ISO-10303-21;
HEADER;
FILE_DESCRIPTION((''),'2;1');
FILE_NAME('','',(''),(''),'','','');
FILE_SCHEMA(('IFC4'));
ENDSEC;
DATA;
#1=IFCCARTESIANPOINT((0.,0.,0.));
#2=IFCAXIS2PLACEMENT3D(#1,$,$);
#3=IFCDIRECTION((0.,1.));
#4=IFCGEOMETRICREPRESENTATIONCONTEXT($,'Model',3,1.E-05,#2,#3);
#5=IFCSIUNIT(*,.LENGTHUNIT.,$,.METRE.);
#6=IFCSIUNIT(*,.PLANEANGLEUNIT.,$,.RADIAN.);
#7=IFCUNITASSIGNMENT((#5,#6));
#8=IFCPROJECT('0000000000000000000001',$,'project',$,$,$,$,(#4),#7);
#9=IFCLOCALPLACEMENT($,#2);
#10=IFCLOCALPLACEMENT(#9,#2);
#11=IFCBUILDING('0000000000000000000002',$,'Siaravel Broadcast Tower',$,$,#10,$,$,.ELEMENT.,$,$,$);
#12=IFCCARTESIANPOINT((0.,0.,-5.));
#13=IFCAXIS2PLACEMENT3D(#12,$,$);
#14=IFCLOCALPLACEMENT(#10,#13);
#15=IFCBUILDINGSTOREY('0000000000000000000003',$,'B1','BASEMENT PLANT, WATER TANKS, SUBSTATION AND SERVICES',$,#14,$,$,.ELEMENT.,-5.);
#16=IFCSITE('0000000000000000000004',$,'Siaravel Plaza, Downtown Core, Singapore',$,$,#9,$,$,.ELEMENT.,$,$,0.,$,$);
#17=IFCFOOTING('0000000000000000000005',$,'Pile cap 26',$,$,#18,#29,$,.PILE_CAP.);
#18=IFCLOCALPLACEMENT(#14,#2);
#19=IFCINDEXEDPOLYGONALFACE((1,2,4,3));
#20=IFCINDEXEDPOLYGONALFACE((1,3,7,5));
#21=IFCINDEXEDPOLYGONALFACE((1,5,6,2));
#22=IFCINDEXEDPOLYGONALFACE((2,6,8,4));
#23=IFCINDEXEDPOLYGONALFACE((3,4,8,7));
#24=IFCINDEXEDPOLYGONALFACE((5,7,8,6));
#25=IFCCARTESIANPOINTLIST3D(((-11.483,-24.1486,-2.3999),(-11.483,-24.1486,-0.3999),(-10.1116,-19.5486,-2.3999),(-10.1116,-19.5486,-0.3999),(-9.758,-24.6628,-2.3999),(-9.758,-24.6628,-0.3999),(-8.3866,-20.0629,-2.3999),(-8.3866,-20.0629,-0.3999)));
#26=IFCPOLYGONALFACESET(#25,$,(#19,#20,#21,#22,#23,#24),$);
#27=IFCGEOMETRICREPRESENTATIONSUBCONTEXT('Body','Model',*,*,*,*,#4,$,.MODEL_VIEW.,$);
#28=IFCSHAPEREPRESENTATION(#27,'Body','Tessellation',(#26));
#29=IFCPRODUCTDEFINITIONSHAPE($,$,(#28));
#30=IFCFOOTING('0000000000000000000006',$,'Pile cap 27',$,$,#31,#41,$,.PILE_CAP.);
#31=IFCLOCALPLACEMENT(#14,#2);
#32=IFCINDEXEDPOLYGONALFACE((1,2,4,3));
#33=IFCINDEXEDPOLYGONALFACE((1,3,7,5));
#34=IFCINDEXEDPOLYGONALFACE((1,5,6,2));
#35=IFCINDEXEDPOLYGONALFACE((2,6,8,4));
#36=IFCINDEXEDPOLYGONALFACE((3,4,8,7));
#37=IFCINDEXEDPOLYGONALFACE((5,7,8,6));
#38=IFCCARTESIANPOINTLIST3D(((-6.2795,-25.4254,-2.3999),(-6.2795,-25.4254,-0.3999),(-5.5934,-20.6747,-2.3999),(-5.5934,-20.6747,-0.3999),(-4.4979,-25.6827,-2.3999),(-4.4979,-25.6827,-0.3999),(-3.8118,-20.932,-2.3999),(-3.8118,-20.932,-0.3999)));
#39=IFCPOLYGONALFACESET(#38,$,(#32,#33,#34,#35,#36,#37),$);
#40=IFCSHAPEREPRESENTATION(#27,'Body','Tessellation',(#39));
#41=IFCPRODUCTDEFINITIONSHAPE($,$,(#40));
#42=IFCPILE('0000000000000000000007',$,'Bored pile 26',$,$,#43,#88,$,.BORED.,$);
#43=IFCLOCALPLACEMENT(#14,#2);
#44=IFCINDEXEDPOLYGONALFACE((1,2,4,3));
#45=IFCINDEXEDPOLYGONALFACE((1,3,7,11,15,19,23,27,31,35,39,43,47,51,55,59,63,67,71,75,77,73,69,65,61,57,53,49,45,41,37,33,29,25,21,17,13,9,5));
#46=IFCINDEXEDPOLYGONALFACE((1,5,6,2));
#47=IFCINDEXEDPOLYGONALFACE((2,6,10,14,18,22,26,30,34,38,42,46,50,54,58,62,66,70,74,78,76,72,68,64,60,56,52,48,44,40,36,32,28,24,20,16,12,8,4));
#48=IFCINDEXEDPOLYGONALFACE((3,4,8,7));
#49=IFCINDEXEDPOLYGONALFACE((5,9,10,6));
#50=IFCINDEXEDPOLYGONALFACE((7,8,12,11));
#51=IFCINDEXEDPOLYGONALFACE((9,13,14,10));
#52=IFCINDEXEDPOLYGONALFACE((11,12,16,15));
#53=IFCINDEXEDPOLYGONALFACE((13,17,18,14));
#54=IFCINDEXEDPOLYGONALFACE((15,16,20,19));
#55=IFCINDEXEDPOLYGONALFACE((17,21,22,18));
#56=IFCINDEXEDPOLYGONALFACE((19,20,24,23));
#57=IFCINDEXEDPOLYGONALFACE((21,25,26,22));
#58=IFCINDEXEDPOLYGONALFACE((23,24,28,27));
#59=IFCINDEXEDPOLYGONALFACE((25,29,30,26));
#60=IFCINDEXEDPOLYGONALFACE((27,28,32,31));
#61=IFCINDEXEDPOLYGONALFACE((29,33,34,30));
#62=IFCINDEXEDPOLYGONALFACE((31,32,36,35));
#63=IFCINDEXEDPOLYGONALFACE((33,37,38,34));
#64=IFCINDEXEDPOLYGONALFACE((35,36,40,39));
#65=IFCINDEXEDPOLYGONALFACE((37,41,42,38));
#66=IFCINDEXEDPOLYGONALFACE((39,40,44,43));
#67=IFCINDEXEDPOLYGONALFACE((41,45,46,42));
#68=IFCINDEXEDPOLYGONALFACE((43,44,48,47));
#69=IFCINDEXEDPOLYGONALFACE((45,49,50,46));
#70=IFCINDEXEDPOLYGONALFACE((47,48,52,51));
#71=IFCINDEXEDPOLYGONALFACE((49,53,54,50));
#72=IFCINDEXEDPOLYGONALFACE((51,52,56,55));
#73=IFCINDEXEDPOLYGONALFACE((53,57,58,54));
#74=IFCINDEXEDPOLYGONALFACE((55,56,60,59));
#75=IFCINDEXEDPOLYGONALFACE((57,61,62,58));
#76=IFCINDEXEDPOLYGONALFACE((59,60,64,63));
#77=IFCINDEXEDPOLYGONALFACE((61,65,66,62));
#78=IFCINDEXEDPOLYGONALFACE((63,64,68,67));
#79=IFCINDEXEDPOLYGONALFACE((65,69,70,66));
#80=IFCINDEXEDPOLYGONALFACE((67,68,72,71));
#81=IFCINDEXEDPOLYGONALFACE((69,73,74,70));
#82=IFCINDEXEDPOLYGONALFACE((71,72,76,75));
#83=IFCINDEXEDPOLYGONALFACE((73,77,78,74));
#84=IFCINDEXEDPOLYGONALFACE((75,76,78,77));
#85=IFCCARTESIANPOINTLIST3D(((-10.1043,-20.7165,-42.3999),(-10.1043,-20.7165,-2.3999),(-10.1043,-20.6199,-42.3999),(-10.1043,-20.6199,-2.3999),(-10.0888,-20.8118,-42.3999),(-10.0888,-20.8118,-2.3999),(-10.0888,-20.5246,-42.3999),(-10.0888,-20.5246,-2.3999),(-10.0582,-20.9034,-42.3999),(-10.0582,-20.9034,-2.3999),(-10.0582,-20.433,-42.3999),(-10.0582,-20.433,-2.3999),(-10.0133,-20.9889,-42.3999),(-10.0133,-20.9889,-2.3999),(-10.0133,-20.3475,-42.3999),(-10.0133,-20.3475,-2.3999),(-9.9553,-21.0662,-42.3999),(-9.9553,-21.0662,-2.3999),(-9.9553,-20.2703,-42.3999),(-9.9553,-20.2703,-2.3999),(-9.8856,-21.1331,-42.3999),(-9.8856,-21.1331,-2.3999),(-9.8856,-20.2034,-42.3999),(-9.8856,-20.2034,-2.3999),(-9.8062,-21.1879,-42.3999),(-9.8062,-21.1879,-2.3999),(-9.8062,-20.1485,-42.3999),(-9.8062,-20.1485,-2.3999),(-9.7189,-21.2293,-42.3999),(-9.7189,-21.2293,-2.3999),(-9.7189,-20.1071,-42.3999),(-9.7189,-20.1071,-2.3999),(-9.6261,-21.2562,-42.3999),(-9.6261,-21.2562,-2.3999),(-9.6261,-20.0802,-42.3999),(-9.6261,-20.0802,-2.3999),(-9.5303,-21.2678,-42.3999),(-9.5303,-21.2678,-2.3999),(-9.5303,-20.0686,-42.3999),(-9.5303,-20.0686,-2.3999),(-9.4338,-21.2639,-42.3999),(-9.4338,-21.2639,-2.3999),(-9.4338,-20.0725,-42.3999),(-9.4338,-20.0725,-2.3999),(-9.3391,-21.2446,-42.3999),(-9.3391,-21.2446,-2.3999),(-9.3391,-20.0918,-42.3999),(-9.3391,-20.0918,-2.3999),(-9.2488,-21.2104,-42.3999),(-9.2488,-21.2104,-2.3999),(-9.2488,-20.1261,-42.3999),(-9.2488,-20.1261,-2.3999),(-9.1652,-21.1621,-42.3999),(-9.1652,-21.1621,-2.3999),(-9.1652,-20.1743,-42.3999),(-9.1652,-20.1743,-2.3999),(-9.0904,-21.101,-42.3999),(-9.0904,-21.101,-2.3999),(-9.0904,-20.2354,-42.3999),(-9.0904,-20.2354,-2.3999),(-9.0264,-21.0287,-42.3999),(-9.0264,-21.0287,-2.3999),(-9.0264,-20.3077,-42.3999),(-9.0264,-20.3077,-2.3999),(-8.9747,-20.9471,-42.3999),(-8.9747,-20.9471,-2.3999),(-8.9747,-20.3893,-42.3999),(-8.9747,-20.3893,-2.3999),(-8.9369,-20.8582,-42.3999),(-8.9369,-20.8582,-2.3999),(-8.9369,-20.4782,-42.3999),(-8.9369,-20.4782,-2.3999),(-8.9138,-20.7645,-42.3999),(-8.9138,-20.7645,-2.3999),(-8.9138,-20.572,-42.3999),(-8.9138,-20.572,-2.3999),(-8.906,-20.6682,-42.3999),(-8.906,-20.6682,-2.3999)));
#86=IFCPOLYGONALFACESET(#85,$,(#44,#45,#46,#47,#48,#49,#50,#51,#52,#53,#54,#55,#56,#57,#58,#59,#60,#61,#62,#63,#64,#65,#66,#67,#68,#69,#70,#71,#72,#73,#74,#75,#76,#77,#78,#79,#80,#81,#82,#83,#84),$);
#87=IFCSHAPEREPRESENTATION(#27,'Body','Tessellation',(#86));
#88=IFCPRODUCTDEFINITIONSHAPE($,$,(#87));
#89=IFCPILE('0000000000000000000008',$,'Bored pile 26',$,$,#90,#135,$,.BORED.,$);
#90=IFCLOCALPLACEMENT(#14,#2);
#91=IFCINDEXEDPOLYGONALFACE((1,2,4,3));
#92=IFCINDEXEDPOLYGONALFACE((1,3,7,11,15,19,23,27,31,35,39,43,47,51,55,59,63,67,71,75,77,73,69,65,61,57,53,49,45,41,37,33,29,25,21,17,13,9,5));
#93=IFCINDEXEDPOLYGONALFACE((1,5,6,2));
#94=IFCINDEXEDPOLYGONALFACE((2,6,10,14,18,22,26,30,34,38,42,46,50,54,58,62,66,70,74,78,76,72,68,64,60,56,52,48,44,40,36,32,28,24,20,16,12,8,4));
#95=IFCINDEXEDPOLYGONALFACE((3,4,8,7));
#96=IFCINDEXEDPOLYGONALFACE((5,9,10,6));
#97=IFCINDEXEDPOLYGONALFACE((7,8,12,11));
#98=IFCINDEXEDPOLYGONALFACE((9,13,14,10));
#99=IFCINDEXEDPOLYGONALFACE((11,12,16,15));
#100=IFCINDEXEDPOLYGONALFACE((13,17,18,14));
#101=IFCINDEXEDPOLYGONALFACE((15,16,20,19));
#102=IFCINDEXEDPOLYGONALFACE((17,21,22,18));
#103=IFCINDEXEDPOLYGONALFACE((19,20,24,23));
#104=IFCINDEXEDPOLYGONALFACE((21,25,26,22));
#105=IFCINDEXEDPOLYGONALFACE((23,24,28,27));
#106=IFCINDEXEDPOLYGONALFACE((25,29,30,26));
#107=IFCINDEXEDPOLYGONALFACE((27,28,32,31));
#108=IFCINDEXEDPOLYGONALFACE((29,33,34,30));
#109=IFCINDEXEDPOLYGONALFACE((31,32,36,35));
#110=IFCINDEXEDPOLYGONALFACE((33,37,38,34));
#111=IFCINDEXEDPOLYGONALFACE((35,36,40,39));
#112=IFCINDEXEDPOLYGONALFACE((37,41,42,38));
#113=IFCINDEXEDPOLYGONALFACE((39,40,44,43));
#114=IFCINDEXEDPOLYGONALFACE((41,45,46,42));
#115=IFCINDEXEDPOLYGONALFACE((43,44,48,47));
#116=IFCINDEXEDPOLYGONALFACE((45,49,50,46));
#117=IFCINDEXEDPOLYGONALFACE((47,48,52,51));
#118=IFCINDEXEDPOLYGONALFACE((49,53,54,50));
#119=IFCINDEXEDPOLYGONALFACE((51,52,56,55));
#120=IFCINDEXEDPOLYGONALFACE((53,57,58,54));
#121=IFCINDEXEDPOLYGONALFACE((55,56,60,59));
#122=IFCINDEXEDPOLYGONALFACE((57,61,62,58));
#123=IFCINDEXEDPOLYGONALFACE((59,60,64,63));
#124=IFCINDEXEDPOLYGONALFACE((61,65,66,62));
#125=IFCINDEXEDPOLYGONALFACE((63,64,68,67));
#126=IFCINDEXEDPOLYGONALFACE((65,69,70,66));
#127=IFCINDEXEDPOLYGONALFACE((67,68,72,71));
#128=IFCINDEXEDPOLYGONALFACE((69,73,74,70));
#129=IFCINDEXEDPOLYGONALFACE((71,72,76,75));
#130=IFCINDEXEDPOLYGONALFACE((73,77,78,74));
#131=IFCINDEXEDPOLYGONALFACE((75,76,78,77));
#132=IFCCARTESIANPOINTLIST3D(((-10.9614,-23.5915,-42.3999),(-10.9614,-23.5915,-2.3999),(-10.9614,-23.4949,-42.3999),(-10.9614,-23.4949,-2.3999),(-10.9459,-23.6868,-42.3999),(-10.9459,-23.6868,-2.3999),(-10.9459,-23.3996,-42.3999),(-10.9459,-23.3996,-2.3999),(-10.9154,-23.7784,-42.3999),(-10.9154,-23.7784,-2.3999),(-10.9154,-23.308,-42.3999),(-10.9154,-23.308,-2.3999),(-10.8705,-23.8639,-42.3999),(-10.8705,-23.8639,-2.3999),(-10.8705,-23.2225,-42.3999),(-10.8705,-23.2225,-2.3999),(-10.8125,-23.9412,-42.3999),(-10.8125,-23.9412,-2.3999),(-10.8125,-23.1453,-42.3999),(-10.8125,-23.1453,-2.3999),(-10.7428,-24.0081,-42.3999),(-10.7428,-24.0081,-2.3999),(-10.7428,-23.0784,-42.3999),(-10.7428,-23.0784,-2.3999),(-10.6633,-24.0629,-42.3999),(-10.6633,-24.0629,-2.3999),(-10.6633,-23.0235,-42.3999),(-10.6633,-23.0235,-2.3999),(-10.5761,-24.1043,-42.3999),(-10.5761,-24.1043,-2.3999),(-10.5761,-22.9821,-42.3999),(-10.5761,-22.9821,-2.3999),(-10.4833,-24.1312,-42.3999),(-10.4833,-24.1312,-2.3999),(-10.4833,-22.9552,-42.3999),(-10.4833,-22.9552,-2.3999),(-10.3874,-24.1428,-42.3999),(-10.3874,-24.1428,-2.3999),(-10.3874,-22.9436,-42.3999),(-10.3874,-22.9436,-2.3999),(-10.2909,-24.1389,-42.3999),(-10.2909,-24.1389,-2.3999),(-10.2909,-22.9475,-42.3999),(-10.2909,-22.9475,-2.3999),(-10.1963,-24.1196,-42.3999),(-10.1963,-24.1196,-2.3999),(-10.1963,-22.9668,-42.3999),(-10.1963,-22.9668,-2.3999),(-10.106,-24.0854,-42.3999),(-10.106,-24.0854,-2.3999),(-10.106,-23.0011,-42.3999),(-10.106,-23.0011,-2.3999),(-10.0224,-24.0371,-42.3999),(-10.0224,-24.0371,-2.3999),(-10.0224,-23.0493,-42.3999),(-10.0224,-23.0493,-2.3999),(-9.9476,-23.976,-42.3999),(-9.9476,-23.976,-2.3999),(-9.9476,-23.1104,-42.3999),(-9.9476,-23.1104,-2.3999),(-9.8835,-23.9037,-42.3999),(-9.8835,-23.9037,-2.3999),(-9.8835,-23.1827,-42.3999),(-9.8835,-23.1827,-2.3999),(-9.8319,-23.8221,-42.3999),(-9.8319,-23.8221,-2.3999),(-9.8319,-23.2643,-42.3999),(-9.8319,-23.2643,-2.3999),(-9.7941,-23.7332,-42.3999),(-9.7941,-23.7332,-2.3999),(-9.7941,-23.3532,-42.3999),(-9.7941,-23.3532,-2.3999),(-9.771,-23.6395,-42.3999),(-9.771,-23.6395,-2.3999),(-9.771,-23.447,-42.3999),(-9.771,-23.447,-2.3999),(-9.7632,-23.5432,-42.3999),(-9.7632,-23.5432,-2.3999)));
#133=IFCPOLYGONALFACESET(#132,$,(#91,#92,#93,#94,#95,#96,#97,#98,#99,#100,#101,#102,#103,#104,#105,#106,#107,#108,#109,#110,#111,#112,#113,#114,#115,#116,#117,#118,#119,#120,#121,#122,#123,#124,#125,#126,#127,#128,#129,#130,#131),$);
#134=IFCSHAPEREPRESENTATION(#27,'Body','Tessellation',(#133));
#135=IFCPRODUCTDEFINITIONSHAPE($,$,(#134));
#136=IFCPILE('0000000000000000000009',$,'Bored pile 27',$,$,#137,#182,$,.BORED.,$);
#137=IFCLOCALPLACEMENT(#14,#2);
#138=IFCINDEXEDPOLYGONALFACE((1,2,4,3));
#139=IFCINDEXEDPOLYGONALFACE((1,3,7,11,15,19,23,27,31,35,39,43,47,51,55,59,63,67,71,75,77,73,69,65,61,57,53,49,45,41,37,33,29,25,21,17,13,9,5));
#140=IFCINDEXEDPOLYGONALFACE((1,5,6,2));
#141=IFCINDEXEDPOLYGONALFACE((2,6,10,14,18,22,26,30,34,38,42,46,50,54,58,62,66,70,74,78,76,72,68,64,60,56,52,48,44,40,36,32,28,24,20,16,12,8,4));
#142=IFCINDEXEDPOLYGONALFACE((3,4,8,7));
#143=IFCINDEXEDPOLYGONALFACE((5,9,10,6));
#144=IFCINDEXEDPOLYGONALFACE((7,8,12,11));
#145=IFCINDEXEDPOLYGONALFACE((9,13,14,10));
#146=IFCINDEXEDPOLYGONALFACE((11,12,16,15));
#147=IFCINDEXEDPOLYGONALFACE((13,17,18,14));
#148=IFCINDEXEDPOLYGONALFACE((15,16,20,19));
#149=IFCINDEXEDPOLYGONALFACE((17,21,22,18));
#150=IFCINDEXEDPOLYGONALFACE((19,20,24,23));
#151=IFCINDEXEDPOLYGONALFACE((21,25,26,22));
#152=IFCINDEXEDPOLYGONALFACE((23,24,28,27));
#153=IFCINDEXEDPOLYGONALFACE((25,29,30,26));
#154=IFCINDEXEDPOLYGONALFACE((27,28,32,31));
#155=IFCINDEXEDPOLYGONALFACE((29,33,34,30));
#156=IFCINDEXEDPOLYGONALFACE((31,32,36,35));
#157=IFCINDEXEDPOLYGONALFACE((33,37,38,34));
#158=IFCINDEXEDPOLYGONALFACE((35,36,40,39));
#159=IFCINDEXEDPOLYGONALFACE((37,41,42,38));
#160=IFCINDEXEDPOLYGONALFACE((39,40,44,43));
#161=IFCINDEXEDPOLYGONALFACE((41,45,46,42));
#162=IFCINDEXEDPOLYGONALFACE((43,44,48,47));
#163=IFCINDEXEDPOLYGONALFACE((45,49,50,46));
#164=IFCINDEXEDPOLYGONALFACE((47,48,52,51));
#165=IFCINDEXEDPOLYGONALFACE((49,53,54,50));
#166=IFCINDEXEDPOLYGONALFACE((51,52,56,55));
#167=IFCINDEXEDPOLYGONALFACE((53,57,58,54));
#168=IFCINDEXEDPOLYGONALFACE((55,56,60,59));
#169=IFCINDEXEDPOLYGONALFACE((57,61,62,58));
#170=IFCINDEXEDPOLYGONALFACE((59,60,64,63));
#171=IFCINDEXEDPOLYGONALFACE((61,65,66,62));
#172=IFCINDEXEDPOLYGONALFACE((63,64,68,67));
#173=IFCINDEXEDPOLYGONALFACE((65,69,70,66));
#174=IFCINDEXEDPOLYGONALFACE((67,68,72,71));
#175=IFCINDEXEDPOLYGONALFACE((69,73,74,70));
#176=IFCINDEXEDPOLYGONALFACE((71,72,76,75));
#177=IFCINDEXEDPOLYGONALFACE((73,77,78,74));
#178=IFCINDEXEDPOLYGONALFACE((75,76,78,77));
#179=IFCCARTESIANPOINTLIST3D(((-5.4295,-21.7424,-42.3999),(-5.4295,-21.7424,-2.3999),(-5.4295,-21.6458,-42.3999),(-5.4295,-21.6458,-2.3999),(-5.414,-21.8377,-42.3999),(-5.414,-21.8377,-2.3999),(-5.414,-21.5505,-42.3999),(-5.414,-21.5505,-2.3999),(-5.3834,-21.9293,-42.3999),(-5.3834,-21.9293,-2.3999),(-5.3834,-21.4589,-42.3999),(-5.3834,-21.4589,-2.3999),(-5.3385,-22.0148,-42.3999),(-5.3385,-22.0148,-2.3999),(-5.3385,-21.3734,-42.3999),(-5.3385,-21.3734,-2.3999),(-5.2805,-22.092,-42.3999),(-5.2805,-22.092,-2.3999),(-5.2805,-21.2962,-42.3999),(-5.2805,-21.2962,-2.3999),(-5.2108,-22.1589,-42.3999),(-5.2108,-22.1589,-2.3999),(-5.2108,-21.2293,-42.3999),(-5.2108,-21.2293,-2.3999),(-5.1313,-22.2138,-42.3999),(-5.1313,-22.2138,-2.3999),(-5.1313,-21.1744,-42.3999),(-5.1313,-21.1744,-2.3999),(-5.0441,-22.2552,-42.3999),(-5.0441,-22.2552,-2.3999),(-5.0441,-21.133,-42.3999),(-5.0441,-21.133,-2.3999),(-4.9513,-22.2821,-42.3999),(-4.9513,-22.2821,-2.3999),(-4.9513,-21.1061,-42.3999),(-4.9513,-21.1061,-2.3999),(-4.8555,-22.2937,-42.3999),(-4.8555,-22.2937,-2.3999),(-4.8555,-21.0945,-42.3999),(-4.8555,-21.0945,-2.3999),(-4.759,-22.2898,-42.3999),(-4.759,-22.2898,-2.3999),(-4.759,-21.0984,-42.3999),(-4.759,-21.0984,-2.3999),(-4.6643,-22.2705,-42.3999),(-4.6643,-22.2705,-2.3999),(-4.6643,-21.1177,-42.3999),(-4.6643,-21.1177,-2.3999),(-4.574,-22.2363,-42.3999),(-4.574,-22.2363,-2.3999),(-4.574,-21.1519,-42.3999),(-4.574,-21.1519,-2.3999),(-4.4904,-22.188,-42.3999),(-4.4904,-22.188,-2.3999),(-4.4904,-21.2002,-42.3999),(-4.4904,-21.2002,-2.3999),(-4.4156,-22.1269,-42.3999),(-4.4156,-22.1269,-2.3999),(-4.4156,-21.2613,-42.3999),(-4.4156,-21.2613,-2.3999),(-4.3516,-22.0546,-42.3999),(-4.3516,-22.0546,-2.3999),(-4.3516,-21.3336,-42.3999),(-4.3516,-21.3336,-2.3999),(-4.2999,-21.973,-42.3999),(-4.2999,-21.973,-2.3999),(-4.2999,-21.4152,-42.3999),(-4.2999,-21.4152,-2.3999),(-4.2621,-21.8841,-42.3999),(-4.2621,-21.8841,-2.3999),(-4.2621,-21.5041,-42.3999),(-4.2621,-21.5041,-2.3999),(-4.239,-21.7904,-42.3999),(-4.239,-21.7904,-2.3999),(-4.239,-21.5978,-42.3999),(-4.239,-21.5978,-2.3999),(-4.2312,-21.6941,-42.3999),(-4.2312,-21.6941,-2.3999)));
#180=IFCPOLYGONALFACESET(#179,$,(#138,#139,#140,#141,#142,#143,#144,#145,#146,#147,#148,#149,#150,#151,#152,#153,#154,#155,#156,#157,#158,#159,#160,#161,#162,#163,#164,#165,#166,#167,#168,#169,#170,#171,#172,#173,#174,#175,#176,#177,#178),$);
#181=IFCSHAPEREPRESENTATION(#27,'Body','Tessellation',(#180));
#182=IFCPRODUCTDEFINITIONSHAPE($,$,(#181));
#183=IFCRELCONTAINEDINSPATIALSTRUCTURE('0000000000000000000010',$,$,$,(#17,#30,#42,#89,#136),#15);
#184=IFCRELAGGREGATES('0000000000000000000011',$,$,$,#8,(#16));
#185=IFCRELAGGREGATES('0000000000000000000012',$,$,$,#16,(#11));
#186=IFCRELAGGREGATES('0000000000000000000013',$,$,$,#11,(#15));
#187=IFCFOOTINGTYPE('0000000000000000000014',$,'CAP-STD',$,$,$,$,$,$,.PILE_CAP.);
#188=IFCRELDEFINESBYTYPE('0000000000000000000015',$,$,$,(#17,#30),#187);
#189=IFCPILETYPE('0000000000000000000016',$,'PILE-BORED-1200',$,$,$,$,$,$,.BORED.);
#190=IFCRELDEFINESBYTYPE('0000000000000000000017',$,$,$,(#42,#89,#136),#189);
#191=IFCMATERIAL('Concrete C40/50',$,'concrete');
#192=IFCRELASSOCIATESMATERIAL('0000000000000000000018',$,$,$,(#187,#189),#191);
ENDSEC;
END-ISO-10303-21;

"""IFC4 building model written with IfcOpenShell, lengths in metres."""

from ifc_helpers import new_model, si_unit, direction, frame, origin, origin_2d, place, context, subcontext, project, spatial, rectangle, circle, extrude, material, material_profile, profile_set, type_object, element, save


model = new_model("IFC4")

# Units and contexts
model_context = context("Model", 3, precision=1e-05, world=origin(), true_north=direction((0.0, 1.0)))
body_context = subcontext(model_context, "Body", "Model", "MODEL_VIEW")
ifc_project = project(units=[si_unit("LENGTHUNIT", "METRE"), si_unit("PLANEANGLEUNIT", "RADIAN")], contexts=[model_context])

# Site, building, storey
site_placement = place(None, origin())
site = spatial("IfcSite", under=ifc_project, at=site_placement, Name="Siaravel Plaza, Downtown Core, Singapore", CompositionType="ELEMENT", RefElevation=0.0)
building_placement = place(site_placement, origin())
building = spatial("IfcBuilding", under=site, at=building_placement, Name="Siaravel Broadcast Tower", CompositionType="ELEMENT")
storey_placement = place(building_placement, frame((0.0, 0.0, -5.0)))
storey = spatial("IfcBuildingStorey", under=building, at=storey_placement, Name="B1", Description="BASEMENT PLANT, WATER TANKS, SUBSTATION AND SERVICES", CompositionType="ELEMENT", Elevation=-5.0)

# Footings
ifc_material_1 = material(Name="Concrete C40/50", Category="concrete")
footing_type = type_object("IfcFootingType", Name="CAP-STD", PredefinedType="PILE_CAP", material=ifc_material_1)
for number, where, z_axis, x_axis, name in (
    (1, (-9.9348, -22.1057, -2.3999), (0.0, 0.0, 1.0), (-0.285705, -0.958318, 0.0), "Pile cap 26"),
    (2, (-5.0457, -23.1787, -2.3999), (0.0, 0.0, 1.0), (-0.14294, -0.989731, 0.0), "Pile cap 27"),
):
    element("IfcFooting", number, at=place(storey_placement, frame(where, z_axis=z_axis, x_axis=x_axis)), inside=storey, type_object=footing_type, Name=name, PredefinedType="PILE_CAP", context=body_context, shape_type="SweptSolid", body=[
        extrude(rectangle(XDim=4.8, YDim=1.8, at=origin_2d()), origin(), (0.0, 0.0, 1.0), 2.0),
    ])

# Piles
ifc_material_profile_1 = material_profile(ifc_material_1, circle(Radius=0.6001, at=origin_2d()))
ifc_profile_set_1 = profile_set([ifc_material_profile_1], Name="Concrete C40/50")
pile_type_1 = type_object("IfcPileType", Name="PILE-BORED-1200", PredefinedType="BORED", material=ifc_profile_set_1)
for number, where, z_axis, x_axis, name in (
    (3, (-9.5061, -20.6682, -2.3999), (0.0, 0.0, -1.0), (1.0, 0.0, 0.0), "Bored pile 26"),
    (4, (-10.3633, -23.5432, -2.3999), (0.0, 0.0, -1.0), (1.0, 0.0, 0.0), "Bored pile 26"),
    (5, (-4.8313, -21.6941, -2.3999), (0.0, 0.0, -1.0), (1.0, 0.0, 0.0), "Bored pile 27"),
):
    element("IfcPile", number, at=place(storey_placement, frame(where, z_axis=z_axis, x_axis=x_axis)), inside=storey, type_object=pile_type_1, Name=name, PredefinedType="BORED", context=body_context, shape_type="SweptSolid", body=[
        extrude(circle(Radius=0.6001, at=origin_2d()), origin(), (0.0, 0.0, 1.0), 40.0),
    ])

save(model, "model.ifc")
